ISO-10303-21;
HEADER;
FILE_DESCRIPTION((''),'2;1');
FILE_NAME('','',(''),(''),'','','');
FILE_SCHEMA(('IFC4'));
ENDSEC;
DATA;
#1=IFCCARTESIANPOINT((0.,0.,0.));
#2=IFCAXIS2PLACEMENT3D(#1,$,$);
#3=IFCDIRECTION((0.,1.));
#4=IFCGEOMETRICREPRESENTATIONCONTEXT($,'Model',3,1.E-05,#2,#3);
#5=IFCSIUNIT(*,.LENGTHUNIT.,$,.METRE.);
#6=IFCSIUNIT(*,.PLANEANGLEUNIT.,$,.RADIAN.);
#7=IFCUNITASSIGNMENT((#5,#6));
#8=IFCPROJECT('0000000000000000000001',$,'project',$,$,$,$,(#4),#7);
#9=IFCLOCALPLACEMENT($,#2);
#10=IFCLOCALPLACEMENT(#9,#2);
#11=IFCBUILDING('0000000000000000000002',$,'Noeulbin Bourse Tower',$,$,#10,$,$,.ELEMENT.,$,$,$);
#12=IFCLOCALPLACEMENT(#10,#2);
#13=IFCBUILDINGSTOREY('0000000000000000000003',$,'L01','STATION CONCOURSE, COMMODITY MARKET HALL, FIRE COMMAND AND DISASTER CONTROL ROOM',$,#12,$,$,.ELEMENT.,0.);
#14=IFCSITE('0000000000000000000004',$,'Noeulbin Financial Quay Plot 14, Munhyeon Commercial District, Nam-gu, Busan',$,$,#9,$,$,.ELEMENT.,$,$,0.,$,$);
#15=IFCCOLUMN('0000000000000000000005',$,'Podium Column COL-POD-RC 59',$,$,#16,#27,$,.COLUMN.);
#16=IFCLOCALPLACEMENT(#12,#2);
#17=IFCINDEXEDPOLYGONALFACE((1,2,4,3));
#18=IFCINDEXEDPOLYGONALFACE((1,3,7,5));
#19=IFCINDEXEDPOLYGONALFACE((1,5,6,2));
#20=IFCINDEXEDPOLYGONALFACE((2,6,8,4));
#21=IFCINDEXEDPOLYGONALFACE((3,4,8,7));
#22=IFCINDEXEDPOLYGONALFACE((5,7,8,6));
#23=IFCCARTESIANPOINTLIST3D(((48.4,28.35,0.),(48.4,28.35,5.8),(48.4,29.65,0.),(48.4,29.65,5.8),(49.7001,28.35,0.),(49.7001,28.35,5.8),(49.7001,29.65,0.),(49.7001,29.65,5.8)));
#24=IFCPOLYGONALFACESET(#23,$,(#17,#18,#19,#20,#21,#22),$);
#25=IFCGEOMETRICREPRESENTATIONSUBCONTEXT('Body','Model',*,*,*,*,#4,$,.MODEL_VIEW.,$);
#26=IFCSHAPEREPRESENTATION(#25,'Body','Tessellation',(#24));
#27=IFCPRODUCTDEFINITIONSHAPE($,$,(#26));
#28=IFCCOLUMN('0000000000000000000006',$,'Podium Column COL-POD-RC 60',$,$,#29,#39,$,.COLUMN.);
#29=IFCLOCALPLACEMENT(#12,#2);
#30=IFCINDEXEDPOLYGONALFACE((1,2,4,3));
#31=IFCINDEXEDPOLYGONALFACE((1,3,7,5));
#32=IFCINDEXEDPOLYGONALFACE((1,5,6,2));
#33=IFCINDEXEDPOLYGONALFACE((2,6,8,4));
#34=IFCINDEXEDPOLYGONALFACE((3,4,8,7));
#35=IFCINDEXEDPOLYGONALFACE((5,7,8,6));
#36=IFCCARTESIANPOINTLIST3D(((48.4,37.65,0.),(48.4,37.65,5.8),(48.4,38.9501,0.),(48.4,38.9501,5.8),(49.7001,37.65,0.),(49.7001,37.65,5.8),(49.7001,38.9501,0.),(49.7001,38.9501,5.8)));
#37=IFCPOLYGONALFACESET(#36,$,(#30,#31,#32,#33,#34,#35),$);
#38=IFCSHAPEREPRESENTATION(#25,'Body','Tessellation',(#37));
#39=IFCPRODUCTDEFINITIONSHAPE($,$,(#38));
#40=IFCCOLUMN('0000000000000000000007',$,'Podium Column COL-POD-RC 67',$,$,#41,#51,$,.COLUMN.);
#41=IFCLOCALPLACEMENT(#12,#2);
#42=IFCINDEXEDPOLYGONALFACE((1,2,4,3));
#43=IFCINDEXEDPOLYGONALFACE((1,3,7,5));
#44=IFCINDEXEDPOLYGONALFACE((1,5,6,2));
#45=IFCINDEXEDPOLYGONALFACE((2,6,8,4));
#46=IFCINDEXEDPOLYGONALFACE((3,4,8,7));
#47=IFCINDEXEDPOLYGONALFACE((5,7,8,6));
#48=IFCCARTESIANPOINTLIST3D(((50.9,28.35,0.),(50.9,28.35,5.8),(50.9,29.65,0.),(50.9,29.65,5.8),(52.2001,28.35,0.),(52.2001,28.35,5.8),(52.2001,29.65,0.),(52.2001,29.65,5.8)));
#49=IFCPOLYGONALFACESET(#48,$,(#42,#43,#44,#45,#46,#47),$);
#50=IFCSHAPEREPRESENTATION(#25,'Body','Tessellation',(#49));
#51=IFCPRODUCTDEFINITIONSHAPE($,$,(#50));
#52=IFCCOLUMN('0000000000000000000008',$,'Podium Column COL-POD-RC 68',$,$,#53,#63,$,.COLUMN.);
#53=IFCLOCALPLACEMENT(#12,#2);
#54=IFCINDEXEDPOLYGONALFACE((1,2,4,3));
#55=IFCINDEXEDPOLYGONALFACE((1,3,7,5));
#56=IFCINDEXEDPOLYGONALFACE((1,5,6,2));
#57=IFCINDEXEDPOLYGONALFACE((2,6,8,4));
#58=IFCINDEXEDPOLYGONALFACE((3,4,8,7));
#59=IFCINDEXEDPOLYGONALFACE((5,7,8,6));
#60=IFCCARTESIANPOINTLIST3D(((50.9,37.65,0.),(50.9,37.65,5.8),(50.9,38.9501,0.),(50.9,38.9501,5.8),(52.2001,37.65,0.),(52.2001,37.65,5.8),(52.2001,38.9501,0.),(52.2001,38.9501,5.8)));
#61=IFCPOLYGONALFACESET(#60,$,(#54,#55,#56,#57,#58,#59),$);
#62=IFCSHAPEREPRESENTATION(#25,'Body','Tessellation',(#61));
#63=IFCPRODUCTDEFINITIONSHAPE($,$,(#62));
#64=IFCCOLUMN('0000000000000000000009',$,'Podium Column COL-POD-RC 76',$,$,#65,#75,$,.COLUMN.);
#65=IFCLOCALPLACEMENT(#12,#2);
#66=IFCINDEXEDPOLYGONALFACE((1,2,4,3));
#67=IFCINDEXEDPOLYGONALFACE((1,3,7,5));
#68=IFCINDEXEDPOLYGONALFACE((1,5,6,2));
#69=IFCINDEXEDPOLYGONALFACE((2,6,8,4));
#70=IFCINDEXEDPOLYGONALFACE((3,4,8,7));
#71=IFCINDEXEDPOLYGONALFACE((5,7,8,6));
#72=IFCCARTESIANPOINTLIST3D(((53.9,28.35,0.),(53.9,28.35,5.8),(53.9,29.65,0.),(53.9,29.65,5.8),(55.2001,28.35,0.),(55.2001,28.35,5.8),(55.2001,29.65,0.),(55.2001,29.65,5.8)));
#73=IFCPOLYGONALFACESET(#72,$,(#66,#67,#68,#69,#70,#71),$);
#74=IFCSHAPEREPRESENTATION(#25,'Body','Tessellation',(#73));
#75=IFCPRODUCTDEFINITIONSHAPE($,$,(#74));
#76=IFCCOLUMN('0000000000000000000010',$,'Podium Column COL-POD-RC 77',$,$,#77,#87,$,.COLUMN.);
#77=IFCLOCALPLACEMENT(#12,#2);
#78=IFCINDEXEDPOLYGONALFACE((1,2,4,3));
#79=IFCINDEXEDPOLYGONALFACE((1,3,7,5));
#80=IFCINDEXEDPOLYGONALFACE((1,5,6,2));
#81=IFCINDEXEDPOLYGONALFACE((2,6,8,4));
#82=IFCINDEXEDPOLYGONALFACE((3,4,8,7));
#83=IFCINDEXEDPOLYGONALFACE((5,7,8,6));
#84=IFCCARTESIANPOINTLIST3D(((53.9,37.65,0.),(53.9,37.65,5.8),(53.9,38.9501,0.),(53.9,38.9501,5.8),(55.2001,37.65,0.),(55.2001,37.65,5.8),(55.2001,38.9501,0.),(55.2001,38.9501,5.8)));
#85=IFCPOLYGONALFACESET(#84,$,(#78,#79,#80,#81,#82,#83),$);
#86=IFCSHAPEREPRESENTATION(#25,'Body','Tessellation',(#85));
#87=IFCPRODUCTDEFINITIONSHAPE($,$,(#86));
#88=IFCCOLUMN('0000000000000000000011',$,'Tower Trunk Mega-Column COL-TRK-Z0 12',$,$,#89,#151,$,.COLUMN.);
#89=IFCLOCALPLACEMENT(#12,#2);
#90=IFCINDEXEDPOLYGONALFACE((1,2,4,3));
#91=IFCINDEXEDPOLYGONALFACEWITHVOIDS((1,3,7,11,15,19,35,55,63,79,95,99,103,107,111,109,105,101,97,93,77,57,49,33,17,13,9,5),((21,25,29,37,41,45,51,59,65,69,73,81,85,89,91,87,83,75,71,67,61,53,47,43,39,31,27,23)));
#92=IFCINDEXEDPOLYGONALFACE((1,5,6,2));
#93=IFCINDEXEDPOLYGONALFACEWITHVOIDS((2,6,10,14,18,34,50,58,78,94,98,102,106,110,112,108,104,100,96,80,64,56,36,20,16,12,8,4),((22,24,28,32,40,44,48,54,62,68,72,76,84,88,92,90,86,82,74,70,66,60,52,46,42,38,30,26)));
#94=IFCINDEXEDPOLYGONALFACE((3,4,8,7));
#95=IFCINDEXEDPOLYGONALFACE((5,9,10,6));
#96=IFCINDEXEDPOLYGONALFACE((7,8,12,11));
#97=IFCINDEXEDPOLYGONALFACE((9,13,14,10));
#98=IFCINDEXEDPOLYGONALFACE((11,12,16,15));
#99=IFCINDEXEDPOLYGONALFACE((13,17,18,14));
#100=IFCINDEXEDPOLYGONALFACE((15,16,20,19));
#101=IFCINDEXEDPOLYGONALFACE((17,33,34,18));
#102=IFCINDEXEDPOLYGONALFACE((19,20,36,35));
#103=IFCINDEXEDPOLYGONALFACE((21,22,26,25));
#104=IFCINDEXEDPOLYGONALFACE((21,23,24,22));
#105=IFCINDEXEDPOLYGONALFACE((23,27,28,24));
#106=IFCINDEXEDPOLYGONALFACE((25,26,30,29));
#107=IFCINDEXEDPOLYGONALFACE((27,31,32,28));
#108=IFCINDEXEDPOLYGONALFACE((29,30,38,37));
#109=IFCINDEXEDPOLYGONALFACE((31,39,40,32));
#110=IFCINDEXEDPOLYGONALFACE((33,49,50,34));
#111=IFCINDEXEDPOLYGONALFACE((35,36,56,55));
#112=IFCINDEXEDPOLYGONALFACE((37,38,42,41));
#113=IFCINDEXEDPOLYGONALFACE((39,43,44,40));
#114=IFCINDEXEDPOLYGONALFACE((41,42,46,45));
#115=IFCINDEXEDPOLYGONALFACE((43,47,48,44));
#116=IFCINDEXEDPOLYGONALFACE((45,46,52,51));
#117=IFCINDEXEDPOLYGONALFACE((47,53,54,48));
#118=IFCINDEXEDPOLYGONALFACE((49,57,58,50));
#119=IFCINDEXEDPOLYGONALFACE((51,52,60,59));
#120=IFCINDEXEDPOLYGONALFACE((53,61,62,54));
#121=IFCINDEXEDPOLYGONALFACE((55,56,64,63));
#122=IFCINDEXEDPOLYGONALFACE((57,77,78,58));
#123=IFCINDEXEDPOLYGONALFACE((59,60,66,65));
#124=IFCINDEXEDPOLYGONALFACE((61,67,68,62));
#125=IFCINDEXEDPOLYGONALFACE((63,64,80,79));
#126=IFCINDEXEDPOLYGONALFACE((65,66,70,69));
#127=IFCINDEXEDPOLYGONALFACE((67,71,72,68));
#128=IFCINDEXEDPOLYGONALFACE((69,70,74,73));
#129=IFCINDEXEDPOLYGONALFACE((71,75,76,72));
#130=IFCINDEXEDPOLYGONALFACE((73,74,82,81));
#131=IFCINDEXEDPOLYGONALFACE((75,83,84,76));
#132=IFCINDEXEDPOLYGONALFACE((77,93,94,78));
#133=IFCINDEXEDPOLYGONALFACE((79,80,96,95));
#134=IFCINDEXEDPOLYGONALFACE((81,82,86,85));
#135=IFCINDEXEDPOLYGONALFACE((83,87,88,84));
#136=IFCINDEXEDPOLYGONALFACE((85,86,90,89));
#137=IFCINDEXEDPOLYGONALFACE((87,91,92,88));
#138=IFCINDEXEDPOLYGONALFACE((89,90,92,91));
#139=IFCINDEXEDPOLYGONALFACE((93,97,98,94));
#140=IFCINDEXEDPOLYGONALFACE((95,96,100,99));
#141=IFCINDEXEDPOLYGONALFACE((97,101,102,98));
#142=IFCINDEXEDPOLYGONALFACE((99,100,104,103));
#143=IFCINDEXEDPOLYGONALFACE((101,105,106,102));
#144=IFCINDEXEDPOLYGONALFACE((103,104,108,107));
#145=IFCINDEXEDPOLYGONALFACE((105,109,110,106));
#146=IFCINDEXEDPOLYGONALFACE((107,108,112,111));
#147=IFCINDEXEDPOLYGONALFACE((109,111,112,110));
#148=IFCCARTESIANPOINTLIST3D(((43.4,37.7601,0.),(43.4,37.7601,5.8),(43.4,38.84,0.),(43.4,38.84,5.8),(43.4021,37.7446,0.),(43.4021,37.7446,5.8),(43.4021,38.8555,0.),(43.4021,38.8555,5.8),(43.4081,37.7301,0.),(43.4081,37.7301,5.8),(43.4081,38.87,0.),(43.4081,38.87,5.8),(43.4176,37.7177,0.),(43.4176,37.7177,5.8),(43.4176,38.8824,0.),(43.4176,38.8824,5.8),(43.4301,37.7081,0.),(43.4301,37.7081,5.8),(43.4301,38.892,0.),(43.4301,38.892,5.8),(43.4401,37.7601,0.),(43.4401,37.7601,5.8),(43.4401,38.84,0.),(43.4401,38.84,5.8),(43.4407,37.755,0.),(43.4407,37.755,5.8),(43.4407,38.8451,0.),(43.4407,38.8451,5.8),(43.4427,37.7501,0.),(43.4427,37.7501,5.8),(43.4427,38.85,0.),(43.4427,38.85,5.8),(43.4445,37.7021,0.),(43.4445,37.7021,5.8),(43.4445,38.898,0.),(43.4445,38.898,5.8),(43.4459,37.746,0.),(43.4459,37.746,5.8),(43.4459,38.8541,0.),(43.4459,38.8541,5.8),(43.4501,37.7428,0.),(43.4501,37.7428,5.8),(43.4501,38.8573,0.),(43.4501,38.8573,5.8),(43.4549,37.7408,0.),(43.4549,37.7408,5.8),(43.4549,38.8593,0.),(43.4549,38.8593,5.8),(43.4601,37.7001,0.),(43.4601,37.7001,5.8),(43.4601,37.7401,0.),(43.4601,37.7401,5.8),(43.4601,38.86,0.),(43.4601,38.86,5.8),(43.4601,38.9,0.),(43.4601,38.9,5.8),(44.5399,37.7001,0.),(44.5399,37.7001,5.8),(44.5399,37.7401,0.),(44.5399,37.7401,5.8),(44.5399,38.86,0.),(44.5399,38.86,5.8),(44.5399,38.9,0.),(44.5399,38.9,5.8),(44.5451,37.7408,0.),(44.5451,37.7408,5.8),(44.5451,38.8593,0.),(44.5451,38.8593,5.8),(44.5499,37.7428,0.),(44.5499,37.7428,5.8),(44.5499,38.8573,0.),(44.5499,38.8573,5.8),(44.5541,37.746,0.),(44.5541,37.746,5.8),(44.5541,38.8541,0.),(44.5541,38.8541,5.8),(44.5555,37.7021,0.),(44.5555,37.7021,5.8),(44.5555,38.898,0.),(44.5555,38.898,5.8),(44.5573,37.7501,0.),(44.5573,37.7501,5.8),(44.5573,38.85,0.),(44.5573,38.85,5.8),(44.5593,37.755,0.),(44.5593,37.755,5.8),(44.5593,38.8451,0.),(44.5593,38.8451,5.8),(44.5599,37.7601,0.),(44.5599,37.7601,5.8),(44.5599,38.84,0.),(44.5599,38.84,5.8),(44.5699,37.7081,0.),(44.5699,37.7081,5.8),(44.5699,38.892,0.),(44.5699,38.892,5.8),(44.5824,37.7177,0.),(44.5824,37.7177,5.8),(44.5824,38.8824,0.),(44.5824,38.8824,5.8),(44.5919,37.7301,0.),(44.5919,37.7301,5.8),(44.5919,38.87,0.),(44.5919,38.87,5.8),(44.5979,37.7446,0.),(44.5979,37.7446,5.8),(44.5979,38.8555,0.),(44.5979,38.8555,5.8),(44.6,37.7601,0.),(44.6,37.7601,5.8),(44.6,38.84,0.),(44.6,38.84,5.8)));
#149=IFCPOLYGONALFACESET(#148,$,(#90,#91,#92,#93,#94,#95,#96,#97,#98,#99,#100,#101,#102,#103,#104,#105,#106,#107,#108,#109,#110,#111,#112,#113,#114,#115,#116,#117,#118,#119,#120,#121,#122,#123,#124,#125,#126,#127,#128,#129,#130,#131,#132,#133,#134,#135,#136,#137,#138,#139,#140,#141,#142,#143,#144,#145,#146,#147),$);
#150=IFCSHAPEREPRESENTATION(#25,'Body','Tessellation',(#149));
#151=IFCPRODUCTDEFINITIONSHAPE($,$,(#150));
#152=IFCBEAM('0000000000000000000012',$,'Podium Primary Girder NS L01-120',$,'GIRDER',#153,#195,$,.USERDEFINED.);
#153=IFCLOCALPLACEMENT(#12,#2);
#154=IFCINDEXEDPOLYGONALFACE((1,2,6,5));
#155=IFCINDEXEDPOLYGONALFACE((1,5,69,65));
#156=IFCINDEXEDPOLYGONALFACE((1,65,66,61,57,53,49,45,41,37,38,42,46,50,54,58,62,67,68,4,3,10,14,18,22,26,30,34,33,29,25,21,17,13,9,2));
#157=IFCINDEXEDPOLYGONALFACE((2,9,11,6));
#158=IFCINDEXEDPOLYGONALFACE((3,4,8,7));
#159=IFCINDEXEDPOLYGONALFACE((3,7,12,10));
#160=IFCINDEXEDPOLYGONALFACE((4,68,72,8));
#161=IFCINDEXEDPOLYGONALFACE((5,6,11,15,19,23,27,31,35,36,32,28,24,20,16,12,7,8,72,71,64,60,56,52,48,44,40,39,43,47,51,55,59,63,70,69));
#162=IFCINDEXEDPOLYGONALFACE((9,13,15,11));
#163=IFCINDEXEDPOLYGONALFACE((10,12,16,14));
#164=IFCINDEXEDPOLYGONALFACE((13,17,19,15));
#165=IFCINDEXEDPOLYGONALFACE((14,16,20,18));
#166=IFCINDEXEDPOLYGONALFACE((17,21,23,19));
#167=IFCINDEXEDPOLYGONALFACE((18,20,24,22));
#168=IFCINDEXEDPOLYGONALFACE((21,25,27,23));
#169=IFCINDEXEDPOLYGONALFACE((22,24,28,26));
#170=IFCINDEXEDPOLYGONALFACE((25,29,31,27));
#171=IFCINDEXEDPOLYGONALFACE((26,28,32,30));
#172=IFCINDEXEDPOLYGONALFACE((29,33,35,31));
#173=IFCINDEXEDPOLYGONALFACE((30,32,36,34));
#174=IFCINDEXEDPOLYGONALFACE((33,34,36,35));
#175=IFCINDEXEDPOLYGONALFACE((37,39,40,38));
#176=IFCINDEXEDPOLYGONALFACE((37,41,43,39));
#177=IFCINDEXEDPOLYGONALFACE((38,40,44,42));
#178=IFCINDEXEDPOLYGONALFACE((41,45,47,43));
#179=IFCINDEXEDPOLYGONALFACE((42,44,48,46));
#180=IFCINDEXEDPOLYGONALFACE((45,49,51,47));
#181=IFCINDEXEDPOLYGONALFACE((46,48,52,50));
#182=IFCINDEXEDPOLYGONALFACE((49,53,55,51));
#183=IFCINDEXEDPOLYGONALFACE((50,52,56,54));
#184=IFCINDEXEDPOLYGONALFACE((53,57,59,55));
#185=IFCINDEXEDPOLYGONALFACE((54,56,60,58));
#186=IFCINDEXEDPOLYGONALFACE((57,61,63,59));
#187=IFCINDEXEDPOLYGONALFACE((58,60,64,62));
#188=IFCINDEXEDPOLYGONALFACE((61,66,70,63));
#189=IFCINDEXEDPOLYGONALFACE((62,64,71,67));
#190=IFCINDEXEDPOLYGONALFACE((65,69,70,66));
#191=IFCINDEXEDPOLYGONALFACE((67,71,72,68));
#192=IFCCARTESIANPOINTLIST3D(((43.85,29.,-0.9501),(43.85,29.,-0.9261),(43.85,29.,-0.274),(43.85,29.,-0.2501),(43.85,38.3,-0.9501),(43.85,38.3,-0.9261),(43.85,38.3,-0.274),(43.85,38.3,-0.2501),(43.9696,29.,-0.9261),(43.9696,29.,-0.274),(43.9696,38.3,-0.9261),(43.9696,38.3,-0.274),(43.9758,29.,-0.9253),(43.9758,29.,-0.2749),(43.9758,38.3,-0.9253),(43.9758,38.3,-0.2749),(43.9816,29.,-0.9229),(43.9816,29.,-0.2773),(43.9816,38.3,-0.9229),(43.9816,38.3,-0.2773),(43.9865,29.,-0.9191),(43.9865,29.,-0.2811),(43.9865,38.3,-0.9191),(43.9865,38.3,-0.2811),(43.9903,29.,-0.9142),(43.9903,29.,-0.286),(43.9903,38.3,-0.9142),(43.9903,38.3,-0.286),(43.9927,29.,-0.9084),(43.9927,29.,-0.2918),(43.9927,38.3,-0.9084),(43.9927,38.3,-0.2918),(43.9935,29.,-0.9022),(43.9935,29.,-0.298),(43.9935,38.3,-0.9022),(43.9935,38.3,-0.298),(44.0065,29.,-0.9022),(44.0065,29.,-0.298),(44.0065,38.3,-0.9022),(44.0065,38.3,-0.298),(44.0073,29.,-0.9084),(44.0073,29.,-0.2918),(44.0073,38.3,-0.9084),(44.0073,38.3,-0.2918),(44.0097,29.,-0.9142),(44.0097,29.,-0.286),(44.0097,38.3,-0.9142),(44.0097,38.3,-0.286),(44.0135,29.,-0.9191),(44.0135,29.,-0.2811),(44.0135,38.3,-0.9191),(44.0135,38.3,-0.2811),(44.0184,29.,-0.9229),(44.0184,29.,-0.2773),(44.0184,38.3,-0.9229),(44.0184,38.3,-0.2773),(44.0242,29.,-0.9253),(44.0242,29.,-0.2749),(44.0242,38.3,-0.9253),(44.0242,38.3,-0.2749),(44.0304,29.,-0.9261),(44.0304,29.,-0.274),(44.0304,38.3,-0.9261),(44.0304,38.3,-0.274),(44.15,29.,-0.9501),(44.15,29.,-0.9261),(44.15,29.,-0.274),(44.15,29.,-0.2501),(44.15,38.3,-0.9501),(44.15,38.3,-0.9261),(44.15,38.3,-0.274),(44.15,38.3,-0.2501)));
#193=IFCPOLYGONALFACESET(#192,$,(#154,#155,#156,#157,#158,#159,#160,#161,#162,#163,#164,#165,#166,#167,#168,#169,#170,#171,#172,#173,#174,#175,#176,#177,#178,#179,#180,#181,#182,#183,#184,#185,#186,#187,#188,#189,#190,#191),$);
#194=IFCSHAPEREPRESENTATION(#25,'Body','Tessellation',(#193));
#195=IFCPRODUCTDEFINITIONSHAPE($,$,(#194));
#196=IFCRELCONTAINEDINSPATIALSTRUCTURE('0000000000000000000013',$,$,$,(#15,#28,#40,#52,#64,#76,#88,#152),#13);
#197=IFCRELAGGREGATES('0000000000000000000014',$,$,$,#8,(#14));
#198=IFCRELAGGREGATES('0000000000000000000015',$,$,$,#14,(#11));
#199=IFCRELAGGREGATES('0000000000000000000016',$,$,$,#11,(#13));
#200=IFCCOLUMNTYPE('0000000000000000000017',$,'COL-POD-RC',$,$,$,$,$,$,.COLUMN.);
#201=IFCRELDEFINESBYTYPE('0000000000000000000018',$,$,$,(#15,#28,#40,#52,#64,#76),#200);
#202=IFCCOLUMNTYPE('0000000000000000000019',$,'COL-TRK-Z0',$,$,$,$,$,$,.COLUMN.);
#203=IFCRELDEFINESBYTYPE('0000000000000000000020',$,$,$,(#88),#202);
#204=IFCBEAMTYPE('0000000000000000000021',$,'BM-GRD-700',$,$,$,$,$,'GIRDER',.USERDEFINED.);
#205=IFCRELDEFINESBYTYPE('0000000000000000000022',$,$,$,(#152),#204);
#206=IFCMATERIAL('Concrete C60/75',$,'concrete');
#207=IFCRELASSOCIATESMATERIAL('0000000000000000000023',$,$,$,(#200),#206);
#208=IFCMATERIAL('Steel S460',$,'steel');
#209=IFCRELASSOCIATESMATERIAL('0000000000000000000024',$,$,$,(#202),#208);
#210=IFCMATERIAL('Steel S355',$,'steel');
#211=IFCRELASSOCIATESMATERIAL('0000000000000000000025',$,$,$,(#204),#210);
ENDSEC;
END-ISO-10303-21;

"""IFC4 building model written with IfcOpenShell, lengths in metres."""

from ifc_helpers import new_model, si_unit, direction, frame, origin, origin_2d, place, context, subcontext, project, spatial, rectangle, hollow_rectangle, i_section, extrude, material, material_profile, profile_set, type_object, element, save


model = new_model("IFC4")

# Units and contexts
model_context = context("Model", 3, precision=1e-05, world=origin(), true_north=direction((0.0, 1.0)))
body_context = subcontext(model_context, "Body", "Model", "MODEL_VIEW")
ifc_project = project(units=[si_unit("LENGTHUNIT", "METRE"), si_unit("PLANEANGLEUNIT", "RADIAN")], contexts=[model_context])

# Site, building, storey
site_placement = place(None, origin())
site = spatial("IfcSite", under=ifc_project, at=site_placement, Name="Noeulbin Financial Quay Plot 14, Munhyeon Commercial District, Nam-gu, Busan", CompositionType="ELEMENT", RefElevation=0.0)
building_placement = place(site_placement, origin())
building = spatial("IfcBuilding", under=site, at=building_placement, Name="Noeulbin Bourse Tower", CompositionType="ELEMENT")
storey_placement = place(building_placement, origin())
storey = spatial("IfcBuildingStorey", under=building, at=storey_placement, Name="L01", Description="STATION CONCOURSE, COMMODITY MARKET HALL, FIRE COMMAND AND DISASTER CONTROL ROOM", CompositionType="ELEMENT", Elevation=0.0)

# Columns
ifc_material_1 = material(Name="Concrete C60/75", Category="concrete")
ifc_material_profile_1 = material_profile(ifc_material_1, rectangle(XDim=1.3, YDim=1.3, at=origin_2d()), Name="RC-COL-1300x1300", Category="LoadBearing")
ifc_profile_set_1 = profile_set([ifc_material_profile_1], Name="Concrete C60/75")
column_type_1 = type_object("IfcColumnType", Name="COL-POD-RC", PredefinedType="COLUMN", material=ifc_profile_set_1)
for number, where, z_axis, x_axis, name in (
    (1, (49.05, 29.0, 0.0), (0.0, 0.0, 1.0), (1.0, 0.0, 0.0), "Podium Column COL-POD-RC 59"),
    (2, (49.05, 38.3, 0.0), (0.0, 0.0, 1.0), (1.0, 0.0, 0.0), "Podium Column COL-POD-RC 60"),
    (3, (51.55, 29.0, 0.0), (0.0, 0.0, 1.0), (1.0, 0.0, 0.0), "Podium Column COL-POD-RC 67"),
    (4, (51.55, 38.3, 0.0), (0.0, 0.0, 1.0), (1.0, 0.0, 0.0), "Podium Column COL-POD-RC 68"),
    (5, (54.55, 29.0, 0.0), (0.0, 0.0, 1.0), (1.0, 0.0, 0.0), "Podium Column COL-POD-RC 76"),
    (6, (54.55, 38.3, 0.0), (0.0, 0.0, 1.0), (1.0, 0.0, 0.0), "Podium Column COL-POD-RC 77"),
):
    element("IfcColumn", number, at=place(storey_placement, frame(where, z_axis=z_axis, x_axis=x_axis)), inside=storey, type_object=column_type_1, Name=name, PredefinedType="COLUMN", context=body_context, shape_type="SweptSolid", body=[
        extrude(rectangle(XDim=1.3, YDim=1.3, at=origin_2d()), origin(), (0.0, 0.0, 1.0), 5.8),
    ])
ifc_material_2 = material(Name="Steel S460", Category="steel")
ifc_material_profile_2 = material_profile(ifc_material_2, hollow_rectangle(XDim=1.2, YDim=1.2, WallThickness=0.04, InnerFilletRadius=0.02, OuterFilletRadius=0.0601, at=origin_2d()), Name="BOX-1200x1200x40", Category="LoadBearing")
ifc_profile_set_2 = profile_set([ifc_material_profile_2], Name="Steel S460")
column_type_2 = type_object("IfcColumnType", Name="COL-TRK-Z0", PredefinedType="COLUMN", material=ifc_profile_set_2)
column_placement = place(storey_placement, frame((44.0, 38.3, 0.0), z_axis=(0.0, 0.0, 1.0), x_axis=(1.0, 0.0, 0.0)))
element("IfcColumn", 7, at=column_placement, inside=storey, type_object=column_type_2, Name="Tower Trunk Mega-Column COL-TRK-Z0 12", PredefinedType="COLUMN", context=body_context, shape_type="SweptSolid", body=[
    extrude(hollow_rectangle(XDim=1.2, YDim=1.2, WallThickness=0.04, InnerFilletRadius=0.02, OuterFilletRadius=0.0601, at=origin_2d()), origin(), (0.0, 0.0, 1.0), 5.8),
])

# Beam
ifc_material_3 = material(Name="Steel S355", Category="steel")
ifc_material_profile_3 = material_profile(ifc_material_3, i_section(OverallWidth=0.3, OverallDepth=0.7, WebThickness=0.0129, FlangeThickness=0.0239, FilletRadius=0.0239, at=origin_2d()), Name="H-700x300x13x24", Category="LoadBearing")
ifc_profile_set_3 = profile_set([ifc_material_profile_3], Name="Steel S355")
beam_type_1 = type_object("IfcBeamType", Name="BM-GRD-700", ElementType="GIRDER", PredefinedType="USERDEFINED", material=ifc_profile_set_3)
beam_1_placement = place(storey_placement, frame((44.0, 29.0, -0.6001), z_axis=(0.0, 1.0, 0.0), x_axis=(-1.0, 0.0, 0.0)))
element("IfcBeam", 8, at=beam_1_placement, inside=storey, type_object=beam_type_1, Name="Podium Primary Girder NS L01-120", ObjectType="GIRDER", PredefinedType="USERDEFINED", context=body_context, shape_type="SweptSolid", body=[
    extrude(i_section(OverallWidth=0.3, OverallDepth=0.7, WebThickness=0.0129, FlangeThickness=0.0239, FilletRadius=0.0239, at=origin_2d()), origin(), (0.0, 0.0, 1.0), 9.3),
])

save(model, "model.ifc")
